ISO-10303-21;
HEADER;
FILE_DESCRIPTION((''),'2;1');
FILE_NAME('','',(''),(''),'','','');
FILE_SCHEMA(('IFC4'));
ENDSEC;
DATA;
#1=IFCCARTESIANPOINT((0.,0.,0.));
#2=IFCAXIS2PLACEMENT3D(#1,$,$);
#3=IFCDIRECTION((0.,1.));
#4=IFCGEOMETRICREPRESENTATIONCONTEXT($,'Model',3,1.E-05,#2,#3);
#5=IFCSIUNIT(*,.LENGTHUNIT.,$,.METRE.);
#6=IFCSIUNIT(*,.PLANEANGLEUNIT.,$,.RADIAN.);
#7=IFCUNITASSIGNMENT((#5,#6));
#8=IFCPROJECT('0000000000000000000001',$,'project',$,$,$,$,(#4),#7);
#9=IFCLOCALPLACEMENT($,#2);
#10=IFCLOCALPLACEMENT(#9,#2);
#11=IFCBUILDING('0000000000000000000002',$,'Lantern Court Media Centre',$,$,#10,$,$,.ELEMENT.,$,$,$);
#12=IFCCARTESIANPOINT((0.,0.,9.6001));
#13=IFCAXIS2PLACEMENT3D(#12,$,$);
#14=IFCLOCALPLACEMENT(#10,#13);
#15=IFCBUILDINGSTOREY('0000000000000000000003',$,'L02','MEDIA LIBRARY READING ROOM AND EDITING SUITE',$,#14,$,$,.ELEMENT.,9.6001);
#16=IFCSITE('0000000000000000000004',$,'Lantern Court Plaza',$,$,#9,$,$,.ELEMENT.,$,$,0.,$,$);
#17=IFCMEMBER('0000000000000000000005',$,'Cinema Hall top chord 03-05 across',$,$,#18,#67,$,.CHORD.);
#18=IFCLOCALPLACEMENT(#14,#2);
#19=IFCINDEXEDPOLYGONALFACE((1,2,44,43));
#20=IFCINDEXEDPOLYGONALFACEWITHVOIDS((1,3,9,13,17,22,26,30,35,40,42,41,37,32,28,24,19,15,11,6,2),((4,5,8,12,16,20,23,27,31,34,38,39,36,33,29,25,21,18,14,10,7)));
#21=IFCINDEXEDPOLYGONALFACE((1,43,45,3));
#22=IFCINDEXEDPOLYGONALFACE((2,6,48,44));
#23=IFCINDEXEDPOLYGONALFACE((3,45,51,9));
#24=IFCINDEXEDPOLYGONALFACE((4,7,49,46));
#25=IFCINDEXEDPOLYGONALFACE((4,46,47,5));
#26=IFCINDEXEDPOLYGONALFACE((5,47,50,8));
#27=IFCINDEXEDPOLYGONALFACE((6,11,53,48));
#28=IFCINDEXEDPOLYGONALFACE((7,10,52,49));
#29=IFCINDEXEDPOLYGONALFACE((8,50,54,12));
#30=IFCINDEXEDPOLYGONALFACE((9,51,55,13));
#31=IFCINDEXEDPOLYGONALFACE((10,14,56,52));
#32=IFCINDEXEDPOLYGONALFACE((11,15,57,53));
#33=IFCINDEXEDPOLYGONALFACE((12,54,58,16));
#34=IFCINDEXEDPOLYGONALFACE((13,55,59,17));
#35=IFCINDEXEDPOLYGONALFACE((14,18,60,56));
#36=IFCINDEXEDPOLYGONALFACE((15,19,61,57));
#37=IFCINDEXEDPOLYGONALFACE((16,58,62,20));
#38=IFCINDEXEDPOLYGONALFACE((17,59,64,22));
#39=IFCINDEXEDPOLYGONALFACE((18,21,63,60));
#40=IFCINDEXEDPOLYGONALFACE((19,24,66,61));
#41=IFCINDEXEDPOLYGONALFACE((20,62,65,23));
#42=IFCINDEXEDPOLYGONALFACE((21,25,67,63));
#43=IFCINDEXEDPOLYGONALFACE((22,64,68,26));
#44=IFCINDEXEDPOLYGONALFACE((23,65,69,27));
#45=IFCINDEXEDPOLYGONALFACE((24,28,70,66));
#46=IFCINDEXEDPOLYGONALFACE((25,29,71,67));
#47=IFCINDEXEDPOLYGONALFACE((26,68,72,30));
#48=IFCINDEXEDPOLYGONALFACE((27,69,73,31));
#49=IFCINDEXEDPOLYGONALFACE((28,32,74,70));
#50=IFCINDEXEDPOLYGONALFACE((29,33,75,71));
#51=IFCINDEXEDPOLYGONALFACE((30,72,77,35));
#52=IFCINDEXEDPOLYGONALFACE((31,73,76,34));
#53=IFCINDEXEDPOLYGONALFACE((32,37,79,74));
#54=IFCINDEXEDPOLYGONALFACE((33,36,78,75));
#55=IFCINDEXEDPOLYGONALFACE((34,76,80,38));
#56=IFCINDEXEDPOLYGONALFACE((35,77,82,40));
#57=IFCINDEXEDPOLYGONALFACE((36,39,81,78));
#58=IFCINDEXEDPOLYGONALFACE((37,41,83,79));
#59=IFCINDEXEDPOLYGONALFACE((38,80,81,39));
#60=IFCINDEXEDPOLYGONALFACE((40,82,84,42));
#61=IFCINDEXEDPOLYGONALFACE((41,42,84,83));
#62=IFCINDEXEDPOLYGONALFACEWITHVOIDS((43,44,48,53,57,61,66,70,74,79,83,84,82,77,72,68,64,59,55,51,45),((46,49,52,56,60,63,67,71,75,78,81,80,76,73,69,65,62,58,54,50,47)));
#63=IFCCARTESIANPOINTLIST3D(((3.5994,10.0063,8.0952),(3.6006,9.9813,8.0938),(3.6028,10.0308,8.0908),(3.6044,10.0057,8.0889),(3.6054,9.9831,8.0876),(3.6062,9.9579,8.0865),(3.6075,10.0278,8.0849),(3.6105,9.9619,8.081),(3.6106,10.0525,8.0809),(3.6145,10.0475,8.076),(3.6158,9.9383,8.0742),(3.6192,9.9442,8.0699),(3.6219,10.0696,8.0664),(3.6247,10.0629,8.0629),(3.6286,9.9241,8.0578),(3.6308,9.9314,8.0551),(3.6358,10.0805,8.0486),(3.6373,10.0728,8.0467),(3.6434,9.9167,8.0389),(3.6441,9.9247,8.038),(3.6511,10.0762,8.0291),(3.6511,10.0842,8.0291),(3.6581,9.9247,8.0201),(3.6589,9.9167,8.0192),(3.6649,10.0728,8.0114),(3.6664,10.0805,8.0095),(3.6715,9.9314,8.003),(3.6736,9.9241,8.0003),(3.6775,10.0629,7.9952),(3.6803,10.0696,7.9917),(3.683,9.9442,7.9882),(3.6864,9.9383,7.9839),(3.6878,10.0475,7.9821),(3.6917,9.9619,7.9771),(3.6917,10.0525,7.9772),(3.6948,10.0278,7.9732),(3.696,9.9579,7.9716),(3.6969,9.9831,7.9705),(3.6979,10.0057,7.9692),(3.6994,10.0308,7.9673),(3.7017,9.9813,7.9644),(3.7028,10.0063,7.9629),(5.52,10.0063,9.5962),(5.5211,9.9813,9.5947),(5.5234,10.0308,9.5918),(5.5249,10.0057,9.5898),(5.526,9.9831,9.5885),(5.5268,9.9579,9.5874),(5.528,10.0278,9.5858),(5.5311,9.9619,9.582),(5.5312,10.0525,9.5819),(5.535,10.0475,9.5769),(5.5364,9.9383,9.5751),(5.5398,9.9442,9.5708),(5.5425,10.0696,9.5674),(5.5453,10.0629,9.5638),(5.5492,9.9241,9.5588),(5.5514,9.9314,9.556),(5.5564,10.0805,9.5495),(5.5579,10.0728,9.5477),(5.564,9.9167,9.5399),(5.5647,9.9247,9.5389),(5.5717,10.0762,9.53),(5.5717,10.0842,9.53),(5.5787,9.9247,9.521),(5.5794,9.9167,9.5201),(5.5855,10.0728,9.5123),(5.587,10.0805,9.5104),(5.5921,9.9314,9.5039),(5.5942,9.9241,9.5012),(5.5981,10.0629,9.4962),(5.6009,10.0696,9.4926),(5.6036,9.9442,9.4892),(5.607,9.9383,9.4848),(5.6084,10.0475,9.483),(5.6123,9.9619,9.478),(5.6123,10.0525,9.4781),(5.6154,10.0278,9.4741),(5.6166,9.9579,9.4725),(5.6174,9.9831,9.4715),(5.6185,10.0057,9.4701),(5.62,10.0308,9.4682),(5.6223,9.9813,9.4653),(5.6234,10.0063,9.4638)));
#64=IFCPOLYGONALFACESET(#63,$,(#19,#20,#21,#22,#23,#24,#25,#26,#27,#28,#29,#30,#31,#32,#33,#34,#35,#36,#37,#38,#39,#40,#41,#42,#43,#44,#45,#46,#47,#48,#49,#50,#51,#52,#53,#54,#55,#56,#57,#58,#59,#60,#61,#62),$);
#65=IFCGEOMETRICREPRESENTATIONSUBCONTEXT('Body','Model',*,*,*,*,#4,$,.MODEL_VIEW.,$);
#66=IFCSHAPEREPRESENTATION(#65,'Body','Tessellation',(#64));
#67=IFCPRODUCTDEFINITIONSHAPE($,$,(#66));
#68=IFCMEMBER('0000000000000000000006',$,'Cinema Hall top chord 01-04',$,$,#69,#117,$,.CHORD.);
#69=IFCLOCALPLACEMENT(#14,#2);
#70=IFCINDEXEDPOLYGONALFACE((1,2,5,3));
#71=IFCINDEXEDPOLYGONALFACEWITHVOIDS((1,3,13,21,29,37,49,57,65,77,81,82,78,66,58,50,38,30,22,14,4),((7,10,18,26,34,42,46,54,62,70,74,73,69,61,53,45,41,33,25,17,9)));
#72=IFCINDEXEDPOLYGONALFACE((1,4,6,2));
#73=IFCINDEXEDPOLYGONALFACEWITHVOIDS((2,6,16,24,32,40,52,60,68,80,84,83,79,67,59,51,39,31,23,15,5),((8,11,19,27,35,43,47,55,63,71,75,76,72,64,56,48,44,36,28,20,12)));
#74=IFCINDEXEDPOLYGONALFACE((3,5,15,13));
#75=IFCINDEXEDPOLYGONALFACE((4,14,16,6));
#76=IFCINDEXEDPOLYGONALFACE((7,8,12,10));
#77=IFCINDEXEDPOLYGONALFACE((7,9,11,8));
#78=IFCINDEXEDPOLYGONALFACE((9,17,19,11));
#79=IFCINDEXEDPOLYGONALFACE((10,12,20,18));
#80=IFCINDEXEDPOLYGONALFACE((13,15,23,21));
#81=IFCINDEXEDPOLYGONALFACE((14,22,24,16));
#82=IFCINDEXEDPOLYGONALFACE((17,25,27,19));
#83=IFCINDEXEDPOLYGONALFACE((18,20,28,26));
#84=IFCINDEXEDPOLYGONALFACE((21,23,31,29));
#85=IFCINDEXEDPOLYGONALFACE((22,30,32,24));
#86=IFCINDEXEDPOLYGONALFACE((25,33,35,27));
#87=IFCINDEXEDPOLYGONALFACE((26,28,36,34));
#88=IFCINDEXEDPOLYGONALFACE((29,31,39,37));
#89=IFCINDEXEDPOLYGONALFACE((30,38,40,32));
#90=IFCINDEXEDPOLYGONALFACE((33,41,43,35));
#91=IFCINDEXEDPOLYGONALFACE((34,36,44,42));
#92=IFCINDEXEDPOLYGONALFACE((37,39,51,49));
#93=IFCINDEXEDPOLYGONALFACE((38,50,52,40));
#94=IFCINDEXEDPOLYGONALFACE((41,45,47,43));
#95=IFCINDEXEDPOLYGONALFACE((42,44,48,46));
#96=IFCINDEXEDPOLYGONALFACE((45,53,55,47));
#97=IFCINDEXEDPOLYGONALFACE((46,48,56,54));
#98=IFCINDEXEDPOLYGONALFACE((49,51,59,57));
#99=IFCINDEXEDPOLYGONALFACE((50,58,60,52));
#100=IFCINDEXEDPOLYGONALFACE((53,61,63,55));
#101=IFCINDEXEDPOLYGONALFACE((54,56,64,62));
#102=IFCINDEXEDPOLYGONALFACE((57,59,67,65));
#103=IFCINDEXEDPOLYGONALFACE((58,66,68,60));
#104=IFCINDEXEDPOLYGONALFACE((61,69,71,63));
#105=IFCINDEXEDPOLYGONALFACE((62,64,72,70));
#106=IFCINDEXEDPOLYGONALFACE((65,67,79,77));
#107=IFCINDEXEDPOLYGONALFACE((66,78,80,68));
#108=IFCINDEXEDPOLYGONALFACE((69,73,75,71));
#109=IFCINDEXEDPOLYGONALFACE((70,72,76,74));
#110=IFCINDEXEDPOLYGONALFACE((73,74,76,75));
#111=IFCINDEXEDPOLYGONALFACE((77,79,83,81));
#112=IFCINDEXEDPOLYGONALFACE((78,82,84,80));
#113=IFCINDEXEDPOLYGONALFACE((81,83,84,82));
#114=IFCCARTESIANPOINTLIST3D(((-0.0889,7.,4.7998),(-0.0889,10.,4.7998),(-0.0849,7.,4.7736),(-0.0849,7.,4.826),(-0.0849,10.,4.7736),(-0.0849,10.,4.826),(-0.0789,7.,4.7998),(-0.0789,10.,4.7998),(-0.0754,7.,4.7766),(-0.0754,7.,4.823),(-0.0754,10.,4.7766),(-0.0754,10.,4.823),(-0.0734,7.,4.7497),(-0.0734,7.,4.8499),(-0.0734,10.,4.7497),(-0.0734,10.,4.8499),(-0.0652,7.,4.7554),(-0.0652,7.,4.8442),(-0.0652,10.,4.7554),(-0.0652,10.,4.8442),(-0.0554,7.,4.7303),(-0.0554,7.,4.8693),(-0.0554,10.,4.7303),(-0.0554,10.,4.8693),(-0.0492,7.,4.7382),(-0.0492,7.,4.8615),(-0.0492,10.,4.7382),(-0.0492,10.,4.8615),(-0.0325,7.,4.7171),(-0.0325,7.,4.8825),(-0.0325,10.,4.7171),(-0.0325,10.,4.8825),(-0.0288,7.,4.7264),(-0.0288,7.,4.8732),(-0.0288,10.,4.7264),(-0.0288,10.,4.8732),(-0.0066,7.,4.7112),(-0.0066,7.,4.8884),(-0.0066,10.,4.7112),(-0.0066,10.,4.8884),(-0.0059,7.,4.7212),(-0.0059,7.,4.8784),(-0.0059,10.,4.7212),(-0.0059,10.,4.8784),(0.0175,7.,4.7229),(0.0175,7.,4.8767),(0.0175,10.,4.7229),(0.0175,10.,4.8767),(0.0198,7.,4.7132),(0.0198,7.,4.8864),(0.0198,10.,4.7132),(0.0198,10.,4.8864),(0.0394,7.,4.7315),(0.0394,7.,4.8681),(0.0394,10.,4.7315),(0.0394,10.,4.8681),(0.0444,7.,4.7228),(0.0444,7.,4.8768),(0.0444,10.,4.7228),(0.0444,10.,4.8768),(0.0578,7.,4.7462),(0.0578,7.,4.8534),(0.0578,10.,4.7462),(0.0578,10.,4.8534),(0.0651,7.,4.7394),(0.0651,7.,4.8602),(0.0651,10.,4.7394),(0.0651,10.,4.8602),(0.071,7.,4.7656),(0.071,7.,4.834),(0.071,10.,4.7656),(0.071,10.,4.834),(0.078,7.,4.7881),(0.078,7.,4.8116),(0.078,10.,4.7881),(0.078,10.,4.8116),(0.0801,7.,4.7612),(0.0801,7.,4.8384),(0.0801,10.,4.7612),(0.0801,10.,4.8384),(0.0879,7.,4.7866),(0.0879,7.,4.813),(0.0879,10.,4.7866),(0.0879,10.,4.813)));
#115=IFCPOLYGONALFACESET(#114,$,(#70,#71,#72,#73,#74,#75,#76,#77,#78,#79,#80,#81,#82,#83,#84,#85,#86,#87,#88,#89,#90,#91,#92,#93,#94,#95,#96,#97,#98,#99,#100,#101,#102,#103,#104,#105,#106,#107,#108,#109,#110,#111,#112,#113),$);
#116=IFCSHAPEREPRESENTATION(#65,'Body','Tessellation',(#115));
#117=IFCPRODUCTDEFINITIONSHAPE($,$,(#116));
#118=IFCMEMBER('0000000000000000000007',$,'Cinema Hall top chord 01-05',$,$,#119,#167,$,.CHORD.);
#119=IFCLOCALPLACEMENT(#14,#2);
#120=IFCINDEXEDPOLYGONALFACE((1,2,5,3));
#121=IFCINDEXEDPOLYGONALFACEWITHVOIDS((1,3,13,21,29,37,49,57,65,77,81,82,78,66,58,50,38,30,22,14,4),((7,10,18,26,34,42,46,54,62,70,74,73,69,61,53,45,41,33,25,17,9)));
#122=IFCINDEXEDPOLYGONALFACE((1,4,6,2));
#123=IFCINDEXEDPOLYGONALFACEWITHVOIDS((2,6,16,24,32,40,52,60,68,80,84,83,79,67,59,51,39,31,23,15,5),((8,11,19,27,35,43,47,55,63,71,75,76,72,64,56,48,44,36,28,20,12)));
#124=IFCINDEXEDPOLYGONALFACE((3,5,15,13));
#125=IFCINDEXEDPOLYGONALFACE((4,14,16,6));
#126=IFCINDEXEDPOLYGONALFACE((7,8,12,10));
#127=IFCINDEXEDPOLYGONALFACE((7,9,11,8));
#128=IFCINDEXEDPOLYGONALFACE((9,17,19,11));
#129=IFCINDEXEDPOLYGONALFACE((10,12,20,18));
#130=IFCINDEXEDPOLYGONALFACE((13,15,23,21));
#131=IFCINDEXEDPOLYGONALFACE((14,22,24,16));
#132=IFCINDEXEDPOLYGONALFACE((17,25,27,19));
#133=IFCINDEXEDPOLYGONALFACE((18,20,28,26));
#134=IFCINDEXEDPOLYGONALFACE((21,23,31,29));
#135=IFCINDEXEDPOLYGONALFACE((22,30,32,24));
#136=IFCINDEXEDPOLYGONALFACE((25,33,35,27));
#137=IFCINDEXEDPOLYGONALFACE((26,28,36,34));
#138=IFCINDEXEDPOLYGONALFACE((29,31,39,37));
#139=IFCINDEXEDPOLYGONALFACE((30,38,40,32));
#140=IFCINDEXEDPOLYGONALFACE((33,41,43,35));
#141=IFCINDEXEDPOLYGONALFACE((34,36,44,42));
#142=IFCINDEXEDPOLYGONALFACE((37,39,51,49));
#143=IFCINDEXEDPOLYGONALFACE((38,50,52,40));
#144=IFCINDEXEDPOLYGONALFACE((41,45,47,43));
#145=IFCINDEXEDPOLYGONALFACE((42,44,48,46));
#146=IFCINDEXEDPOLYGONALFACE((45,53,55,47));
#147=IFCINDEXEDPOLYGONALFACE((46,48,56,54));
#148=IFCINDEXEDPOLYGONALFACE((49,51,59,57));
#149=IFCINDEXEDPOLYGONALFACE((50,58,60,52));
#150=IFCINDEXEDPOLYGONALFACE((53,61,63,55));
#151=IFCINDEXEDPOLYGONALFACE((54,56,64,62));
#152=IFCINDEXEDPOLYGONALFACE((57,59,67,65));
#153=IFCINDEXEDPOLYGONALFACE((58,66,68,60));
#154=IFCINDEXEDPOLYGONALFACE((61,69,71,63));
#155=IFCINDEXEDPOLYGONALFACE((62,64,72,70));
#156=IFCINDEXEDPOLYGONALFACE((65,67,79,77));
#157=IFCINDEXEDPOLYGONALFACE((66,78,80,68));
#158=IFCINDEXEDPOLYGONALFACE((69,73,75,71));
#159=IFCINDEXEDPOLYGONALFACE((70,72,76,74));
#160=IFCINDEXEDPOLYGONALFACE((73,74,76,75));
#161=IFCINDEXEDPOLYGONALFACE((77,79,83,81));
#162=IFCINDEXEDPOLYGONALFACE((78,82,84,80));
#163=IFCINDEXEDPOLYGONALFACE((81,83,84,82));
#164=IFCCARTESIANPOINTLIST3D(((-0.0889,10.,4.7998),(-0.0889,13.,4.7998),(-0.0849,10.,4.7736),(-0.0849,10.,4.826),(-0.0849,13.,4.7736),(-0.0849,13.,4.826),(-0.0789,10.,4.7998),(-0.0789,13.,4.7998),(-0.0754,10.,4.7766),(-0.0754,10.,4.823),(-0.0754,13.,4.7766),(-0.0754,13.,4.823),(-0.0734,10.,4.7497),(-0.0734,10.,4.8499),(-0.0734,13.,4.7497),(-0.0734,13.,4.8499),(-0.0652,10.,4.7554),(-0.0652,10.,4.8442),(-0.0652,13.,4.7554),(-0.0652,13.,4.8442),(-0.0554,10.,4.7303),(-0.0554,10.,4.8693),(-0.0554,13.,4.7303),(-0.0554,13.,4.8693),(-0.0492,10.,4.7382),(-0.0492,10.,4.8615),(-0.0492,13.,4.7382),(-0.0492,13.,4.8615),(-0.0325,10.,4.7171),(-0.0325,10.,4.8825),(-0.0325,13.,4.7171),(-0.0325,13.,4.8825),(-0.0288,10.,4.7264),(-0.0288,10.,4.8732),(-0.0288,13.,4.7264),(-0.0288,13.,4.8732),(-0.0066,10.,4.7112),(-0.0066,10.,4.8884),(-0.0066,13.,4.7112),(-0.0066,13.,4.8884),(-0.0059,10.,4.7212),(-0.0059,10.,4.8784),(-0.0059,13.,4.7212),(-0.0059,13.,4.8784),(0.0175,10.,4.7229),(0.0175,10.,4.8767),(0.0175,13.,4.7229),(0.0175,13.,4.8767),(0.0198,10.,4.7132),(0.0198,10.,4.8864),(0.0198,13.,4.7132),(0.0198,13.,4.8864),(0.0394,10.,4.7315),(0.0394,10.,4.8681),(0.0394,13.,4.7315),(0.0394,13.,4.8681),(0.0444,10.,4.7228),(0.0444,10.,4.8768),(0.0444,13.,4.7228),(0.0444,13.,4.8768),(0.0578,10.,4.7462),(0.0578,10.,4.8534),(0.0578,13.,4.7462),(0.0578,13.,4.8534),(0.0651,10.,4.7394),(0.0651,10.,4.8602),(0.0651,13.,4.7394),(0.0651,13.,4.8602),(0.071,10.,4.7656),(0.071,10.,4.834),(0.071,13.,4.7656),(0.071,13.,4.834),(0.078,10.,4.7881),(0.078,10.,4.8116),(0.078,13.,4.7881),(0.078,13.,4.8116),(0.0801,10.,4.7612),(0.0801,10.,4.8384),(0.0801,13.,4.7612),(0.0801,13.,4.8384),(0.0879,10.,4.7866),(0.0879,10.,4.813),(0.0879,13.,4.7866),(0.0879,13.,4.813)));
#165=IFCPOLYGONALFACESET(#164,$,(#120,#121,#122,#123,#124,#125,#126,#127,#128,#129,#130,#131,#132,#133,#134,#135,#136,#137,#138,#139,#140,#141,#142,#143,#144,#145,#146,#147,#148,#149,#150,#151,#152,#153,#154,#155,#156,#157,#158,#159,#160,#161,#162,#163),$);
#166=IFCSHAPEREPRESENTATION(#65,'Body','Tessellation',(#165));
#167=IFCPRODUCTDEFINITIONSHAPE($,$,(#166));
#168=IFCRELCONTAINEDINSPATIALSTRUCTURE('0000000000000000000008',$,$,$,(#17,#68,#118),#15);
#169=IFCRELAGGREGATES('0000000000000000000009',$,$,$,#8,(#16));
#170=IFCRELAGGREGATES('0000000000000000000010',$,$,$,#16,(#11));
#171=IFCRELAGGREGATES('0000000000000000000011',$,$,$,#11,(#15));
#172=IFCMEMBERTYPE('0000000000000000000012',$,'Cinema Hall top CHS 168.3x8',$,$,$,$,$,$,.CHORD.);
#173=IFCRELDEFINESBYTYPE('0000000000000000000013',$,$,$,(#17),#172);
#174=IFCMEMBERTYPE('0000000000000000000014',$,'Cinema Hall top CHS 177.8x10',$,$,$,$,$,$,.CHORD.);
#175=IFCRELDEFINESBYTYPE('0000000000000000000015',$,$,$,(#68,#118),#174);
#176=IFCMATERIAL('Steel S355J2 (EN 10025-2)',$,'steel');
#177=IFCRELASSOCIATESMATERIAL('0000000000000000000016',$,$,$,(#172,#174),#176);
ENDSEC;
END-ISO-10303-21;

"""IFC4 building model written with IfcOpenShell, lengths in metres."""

from ifc_helpers import new_model, si_unit, direction, frame, origin, origin_2d, place, context, subcontext, project, spatial, hollow_circle, extrude, material, material_profile, profile_set, type_object, element, save


model = new_model("IFC4")

# Units and contexts
model_context = context("Model", 3, precision=1e-05, world=origin(), true_north=direction((0.0, 1.0)))
body_context = subcontext(model_context, "Body", "Model", "MODEL_VIEW")
ifc_project = project(units=[si_unit("LENGTHUNIT", "METRE"), si_unit("PLANEANGLEUNIT", "RADIAN")], contexts=[model_context])

# Site, building, storey
site_placement = place(None, origin())
site = spatial("IfcSite", under=ifc_project, at=site_placement, Name="Lantern Court Plaza", CompositionType="ELEMENT", RefElevation=0.0)
building_placement = place(site_placement, origin())
building = spatial("IfcBuilding", under=site, at=building_placement, Name="Lantern Court Media Centre", CompositionType="ELEMENT")
storey_placement = place(building_placement, frame((0.0, 0.0, 9.6001)))
storey = spatial("IfcBuildingStorey", under=building, at=storey_placement, Name="L02", Description="MEDIA LIBRARY READING ROOM AND EDITING SUITE", CompositionType="ELEMENT", Elevation=9.6001)

# Shared definitions
ifc_material = material(Name="Steel S355J2 (EN 10025-2)", Category="steel")

# Members
ifc_material_profile_1 = material_profile(ifc_material, hollow_circle(Radius=0.0842, WallThickness=0.0081, at=origin_2d()), Name="Cinema Hall top CHS 168.3x8")
ifc_profile_set_1 = profile_set([ifc_material_profile_1], Name="Steel S355J2 (EN 10025-2)")
member_type_1 = type_object("IfcMemberType", Name="Cinema Hall top CHS 168.3x8", PredefinedType="CHORD", material=ifc_profile_set_1)
for number, where, z_axis, x_axis, name in (
    (1, (3.6511, 10.0, 8.0291), (0.787932, 0.0, 0.615763), (0.0, 1.0, 0.0), "Cinema Hall top chord 03-05 across"),
):
    element("IfcMember", number, at=place(storey_placement, frame(where, z_axis=z_axis, x_axis=x_axis)), inside=storey, type_object=member_type_1, Name=name, PredefinedType="CHORD", context=body_context, shape_type="SweptSolid", body=[
        extrude(hollow_circle(Radius=0.0842, WallThickness=0.0081, at=origin_2d()), origin(), (0.0, 0.0, 1.0), 2.4375),
    ])
ifc_material_profile_2 = material_profile(ifc_material, hollow_circle(Radius=0.0889, WallThickness=0.01, at=origin_2d()), Name="Cinema Hall top CHS 177.8x10")
ifc_profile_set_2 = profile_set([ifc_material_profile_2], Name="Steel S355J2 (EN 10025-2)")
member_type_2 = type_object("IfcMemberType", Name="Cinema Hall top CHS 177.8x10", PredefinedType="CHORD", material=ifc_profile_set_2)
for number, where, z_axis, x_axis, name in (
    (2, (0.0, 7.0, 4.7998), (0.0, 1.0, 0.0), (-1.0, 0.0, 0.0), "Cinema Hall top chord 01-04"),
    (3, (0.0, 10.0, 4.7998), (0.0, 1.0, 0.0), (-1.0, 0.0, 0.0), "Cinema Hall top chord 01-05"),
):
    element("IfcMember", number, at=place(storey_placement, frame(where, z_axis=z_axis, x_axis=x_axis)), inside=storey, type_object=member_type_2, Name=name, PredefinedType="CHORD", context=body_context, shape_type="SweptSolid", body=[
        extrude(hollow_circle(Radius=0.0889, WallThickness=0.01, at=origin_2d()), origin(), (0.0, 0.0, 1.0), 3.0),
    ])

save(model, "model.ifc")
